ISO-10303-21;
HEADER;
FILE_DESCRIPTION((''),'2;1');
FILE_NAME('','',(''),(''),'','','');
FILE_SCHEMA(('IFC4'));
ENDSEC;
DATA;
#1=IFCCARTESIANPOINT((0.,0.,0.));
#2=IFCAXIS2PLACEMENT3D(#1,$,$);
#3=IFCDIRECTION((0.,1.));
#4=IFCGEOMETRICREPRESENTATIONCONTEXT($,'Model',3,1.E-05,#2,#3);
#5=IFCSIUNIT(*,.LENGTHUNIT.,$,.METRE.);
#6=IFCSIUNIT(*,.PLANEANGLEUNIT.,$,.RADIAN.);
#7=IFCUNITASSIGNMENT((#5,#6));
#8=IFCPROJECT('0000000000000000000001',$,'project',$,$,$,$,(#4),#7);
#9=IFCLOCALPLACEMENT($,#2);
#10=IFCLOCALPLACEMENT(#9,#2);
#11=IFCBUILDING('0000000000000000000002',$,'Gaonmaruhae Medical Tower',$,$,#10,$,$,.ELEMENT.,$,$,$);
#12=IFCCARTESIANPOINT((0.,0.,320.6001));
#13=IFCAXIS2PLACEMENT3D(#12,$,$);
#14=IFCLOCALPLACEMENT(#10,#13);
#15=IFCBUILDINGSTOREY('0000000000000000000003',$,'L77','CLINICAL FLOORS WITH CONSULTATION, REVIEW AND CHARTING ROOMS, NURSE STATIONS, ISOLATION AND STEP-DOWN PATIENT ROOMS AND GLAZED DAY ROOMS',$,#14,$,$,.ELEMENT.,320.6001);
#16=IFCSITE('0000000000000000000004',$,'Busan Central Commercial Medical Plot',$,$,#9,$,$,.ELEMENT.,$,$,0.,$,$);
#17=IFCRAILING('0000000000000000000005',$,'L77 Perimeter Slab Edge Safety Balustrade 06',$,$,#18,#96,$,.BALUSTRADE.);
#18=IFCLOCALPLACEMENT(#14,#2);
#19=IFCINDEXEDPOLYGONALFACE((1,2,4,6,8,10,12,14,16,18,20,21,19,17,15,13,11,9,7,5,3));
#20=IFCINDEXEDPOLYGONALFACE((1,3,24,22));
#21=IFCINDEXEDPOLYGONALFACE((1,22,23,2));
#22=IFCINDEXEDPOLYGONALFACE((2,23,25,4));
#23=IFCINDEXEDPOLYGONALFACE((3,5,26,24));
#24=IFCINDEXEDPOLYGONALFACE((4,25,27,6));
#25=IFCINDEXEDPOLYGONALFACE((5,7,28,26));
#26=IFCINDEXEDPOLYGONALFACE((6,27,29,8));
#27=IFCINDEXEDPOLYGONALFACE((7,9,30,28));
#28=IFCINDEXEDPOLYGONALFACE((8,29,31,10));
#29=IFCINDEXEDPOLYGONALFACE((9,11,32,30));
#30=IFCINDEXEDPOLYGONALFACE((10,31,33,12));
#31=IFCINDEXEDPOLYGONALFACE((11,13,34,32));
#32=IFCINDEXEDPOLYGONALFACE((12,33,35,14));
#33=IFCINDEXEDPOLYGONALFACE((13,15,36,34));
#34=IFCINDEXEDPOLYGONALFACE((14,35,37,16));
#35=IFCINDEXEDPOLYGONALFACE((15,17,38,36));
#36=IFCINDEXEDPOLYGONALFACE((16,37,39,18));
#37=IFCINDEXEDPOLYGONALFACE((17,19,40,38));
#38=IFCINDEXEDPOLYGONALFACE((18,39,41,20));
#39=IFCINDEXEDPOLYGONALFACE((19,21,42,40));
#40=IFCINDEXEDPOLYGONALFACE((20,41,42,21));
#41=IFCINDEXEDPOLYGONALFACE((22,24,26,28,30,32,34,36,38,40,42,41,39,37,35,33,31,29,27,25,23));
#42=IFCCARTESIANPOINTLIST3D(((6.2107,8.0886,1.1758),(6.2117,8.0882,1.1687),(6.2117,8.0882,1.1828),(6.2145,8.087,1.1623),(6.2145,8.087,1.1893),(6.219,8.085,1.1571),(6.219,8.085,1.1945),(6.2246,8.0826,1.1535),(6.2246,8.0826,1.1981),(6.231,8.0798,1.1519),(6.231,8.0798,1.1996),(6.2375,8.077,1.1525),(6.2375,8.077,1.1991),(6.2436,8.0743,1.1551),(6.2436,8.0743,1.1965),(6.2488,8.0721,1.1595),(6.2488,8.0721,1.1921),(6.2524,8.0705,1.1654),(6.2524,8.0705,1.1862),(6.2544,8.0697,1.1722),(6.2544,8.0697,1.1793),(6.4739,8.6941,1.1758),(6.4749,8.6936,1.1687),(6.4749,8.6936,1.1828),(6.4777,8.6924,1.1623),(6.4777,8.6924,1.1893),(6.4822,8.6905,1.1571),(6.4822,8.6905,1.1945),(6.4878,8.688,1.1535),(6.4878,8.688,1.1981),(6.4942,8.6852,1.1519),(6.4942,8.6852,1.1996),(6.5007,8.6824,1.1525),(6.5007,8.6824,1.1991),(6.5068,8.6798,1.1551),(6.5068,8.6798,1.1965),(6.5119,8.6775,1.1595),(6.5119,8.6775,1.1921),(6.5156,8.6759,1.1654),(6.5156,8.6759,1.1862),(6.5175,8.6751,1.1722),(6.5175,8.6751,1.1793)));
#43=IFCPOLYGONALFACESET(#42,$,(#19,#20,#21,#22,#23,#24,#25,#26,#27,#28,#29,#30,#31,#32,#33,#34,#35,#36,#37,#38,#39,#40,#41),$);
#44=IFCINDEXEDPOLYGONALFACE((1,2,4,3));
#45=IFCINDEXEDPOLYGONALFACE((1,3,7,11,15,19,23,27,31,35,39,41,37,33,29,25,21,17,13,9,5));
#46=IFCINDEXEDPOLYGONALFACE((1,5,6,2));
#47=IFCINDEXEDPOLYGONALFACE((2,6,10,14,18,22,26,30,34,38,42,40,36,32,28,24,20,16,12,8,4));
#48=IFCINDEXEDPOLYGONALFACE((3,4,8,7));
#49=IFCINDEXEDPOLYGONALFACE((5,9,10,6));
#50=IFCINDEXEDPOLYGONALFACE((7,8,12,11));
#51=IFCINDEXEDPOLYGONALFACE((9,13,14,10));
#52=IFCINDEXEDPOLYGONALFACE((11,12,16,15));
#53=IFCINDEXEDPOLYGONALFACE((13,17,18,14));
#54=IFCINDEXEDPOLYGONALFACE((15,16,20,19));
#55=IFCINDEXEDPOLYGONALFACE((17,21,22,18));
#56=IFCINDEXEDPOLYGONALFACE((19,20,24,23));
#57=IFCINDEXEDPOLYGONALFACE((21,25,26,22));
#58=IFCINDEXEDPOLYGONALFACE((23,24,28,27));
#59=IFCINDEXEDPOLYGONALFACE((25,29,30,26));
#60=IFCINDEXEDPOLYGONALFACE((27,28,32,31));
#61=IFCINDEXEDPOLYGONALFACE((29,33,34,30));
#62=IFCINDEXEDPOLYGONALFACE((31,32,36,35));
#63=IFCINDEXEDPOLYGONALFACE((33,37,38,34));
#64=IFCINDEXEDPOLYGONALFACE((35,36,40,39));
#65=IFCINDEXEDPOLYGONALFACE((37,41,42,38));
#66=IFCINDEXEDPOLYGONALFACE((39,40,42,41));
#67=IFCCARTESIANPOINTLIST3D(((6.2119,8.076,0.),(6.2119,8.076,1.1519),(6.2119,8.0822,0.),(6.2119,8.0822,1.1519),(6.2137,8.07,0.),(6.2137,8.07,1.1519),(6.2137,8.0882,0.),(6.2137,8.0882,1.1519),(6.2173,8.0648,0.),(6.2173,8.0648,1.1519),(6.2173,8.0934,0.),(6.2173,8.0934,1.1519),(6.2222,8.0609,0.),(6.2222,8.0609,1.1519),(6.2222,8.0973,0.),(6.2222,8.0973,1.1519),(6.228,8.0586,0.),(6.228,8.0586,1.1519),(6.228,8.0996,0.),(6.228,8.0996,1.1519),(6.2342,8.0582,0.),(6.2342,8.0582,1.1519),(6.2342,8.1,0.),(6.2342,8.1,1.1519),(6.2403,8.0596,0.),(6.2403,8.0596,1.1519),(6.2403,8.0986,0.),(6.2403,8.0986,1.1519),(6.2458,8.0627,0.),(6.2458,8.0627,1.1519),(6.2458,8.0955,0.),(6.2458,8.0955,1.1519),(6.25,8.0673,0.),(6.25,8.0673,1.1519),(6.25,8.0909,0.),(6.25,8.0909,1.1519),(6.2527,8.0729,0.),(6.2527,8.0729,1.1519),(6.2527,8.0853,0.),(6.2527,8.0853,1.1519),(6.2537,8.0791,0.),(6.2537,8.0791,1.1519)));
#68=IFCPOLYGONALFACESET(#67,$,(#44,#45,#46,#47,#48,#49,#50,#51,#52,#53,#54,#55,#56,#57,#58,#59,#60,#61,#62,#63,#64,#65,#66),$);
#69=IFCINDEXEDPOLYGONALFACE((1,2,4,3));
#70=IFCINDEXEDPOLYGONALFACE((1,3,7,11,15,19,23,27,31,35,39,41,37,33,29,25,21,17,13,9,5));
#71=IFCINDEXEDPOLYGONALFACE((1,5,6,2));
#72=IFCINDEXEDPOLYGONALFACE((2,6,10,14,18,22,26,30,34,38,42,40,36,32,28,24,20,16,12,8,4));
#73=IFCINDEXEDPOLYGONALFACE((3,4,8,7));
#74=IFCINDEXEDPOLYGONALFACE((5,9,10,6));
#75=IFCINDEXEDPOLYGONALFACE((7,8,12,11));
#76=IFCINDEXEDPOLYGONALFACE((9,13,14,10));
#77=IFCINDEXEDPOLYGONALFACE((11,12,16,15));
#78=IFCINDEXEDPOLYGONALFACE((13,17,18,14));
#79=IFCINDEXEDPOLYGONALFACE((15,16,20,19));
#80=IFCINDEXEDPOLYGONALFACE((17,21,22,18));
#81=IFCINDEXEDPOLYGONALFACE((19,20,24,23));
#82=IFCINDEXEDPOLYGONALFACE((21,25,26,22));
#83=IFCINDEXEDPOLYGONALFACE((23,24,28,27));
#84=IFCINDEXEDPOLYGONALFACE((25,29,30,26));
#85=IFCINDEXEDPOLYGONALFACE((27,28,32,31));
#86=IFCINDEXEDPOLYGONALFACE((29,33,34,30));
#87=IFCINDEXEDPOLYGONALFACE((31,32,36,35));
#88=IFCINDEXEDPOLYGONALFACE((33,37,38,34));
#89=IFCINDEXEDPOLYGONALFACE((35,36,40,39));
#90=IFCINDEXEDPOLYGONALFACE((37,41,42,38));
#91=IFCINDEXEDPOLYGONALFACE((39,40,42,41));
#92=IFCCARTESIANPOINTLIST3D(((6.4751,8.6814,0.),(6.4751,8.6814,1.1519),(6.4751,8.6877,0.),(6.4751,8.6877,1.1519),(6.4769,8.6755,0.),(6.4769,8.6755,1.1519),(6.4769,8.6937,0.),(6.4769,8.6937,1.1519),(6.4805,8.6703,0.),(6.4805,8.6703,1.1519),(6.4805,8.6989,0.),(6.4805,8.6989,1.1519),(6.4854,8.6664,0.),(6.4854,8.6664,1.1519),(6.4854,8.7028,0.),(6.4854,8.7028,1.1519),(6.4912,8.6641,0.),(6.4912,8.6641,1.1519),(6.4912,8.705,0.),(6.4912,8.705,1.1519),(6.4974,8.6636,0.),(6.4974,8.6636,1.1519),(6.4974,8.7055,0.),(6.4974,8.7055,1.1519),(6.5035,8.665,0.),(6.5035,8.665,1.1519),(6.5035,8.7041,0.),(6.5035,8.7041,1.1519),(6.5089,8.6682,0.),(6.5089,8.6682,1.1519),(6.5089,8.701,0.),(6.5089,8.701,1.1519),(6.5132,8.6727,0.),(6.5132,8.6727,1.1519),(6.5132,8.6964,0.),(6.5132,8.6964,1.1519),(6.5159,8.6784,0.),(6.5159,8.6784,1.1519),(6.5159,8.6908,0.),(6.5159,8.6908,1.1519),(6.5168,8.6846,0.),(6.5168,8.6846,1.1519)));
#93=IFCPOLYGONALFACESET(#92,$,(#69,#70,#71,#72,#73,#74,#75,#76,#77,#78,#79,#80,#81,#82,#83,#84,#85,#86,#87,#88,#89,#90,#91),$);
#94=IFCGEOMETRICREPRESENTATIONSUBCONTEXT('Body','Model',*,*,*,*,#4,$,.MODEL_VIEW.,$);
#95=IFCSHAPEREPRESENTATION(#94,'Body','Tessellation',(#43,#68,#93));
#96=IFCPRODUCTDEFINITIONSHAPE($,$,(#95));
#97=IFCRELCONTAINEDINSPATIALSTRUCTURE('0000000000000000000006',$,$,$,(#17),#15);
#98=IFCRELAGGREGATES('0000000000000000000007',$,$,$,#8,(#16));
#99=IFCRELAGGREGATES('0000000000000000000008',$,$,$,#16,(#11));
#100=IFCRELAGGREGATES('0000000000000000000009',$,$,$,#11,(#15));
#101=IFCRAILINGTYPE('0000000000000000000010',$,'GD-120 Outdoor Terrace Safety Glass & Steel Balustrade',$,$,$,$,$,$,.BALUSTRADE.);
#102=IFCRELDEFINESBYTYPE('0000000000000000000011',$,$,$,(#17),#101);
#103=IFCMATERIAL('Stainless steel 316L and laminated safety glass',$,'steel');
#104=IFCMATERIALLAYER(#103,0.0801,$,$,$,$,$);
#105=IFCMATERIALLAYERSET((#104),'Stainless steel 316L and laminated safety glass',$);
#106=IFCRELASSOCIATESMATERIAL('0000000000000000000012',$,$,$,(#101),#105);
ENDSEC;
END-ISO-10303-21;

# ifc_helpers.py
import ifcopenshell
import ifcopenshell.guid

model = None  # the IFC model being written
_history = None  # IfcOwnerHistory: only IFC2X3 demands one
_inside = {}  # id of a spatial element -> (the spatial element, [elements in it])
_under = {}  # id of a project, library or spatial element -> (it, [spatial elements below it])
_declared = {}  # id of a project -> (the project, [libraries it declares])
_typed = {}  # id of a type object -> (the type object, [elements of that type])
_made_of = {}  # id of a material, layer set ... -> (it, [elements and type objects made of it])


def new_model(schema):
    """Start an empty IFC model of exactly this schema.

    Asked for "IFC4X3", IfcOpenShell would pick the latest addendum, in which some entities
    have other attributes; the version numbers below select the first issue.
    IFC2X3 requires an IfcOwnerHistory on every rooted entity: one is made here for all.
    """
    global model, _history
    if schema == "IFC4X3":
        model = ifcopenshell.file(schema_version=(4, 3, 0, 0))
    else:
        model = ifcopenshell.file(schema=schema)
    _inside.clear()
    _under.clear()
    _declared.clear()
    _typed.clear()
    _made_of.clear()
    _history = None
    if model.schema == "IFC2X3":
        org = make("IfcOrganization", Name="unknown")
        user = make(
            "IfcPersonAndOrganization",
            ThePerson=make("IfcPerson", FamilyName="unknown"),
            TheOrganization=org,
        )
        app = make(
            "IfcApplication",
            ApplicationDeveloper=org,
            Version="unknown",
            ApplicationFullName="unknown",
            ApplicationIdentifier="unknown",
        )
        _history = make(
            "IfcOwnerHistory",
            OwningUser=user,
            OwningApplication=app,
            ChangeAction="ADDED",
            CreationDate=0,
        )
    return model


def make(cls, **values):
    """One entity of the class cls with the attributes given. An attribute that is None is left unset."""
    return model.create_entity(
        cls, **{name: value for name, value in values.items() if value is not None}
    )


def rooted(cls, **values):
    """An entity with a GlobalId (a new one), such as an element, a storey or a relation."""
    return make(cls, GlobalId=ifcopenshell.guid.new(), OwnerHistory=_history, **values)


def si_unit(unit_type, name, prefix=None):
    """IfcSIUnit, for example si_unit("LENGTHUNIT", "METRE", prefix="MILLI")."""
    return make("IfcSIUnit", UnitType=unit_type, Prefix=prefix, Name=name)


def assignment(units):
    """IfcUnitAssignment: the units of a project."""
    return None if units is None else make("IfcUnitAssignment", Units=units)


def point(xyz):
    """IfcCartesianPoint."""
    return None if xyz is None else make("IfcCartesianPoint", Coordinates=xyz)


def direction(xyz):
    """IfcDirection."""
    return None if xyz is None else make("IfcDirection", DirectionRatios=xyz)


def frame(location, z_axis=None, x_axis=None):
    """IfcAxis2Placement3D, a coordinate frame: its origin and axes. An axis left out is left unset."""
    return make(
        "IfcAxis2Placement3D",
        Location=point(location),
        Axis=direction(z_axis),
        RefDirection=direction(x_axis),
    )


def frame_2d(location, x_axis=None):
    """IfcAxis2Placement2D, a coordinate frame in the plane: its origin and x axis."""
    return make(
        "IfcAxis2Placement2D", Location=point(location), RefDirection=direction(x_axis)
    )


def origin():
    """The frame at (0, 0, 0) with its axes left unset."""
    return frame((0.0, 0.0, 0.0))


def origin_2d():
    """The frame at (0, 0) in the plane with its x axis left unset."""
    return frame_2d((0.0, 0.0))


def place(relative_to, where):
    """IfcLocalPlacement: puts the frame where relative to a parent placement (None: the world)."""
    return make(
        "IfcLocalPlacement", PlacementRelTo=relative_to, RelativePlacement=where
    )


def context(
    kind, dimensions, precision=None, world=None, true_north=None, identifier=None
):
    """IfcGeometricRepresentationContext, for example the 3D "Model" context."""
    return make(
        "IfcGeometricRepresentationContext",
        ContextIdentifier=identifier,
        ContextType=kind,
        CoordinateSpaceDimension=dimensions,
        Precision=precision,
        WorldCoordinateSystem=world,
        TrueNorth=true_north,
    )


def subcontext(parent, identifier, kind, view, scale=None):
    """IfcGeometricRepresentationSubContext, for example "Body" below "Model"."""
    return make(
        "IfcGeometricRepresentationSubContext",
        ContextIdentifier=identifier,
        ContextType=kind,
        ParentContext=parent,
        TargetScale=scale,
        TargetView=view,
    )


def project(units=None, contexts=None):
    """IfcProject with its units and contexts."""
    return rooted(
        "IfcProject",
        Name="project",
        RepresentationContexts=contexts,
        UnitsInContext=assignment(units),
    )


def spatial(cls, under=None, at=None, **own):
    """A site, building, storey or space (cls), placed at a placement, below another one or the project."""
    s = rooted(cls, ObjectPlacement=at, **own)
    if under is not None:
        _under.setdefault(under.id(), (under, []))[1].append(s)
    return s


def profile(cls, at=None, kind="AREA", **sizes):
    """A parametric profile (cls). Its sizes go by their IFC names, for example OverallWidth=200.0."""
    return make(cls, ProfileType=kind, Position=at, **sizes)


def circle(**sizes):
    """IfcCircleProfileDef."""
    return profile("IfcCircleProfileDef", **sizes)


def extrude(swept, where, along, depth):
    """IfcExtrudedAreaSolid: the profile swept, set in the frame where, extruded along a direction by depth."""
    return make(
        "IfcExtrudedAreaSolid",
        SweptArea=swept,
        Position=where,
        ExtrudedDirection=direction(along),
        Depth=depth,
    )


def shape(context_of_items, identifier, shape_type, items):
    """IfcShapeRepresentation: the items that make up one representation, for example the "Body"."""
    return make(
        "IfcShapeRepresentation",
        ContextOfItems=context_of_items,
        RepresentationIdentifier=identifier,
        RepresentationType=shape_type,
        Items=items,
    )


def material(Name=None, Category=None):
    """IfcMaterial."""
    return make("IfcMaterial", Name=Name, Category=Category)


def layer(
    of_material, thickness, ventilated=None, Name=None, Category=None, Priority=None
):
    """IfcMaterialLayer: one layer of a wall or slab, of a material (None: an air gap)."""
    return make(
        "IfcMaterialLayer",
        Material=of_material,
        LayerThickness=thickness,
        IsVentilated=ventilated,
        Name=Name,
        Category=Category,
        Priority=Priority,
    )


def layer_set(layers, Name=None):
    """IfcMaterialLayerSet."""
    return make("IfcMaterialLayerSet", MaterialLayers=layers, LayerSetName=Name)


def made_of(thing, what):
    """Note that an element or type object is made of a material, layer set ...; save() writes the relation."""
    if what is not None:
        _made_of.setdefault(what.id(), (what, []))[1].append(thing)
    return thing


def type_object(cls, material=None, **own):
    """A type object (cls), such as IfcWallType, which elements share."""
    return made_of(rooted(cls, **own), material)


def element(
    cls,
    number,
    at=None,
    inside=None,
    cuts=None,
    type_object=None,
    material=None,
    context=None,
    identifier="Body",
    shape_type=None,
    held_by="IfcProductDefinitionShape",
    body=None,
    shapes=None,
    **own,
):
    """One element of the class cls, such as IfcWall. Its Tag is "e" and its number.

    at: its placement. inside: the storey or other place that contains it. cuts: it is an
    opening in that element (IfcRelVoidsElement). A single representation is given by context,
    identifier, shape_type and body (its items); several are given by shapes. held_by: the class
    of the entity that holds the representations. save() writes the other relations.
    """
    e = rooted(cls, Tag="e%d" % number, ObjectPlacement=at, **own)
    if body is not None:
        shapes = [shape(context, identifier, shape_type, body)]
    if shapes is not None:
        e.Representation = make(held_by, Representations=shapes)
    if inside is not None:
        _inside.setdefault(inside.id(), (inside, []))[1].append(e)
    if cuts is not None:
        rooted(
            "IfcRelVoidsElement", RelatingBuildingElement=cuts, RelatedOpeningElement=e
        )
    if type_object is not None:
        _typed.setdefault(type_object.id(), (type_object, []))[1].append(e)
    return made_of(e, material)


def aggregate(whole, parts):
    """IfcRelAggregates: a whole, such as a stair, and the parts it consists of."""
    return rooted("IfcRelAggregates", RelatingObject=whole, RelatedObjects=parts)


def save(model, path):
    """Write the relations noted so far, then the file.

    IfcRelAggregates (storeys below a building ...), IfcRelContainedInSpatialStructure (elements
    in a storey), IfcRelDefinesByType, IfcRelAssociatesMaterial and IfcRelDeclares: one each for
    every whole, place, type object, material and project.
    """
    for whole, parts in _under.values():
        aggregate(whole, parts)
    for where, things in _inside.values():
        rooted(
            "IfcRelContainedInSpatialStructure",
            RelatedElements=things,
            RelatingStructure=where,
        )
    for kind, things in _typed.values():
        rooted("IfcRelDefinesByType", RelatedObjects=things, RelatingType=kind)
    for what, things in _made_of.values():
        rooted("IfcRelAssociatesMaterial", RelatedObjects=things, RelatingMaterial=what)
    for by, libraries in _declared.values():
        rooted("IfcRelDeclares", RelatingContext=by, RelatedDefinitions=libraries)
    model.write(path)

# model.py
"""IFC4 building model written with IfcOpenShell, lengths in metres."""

from ifc_helpers import new_model, si_unit, direction, frame, origin, origin_2d, place, context, subcontext, project, spatial, circle, extrude, material, layer, layer_set, type_object, element, save


model = new_model("IFC4")

# Units and contexts
model_context = context("Model", 3, precision=1e-05, world=origin(), true_north=direction((0.0, 1.0)))
body_context = subcontext(model_context, "Body", "Model", "MODEL_VIEW")
ifc_project = project(units=[si_unit("LENGTHUNIT", "METRE"), si_unit("PLANEANGLEUNIT", "RADIAN")], contexts=[model_context])

# Site, building, storey
site_placement = place(None, origin())
site = spatial("IfcSite", under=ifc_project, at=site_placement, Name="Busan Central Commercial Medical Plot", CompositionType="ELEMENT", RefElevation=0.0)
building_placement = place(site_placement, origin())
building = spatial("IfcBuilding", under=site, at=building_placement, Name="Gaonmaruhae Medical Tower", CompositionType="ELEMENT")
storey_placement = place(building_placement, frame((0.0, 0.0, 320.6001)))
storey = spatial("IfcBuildingStorey", under=building, at=storey_placement, Name="L77", Description="CLINICAL FLOORS WITH CONSULTATION, REVIEW AND CHARTING ROOMS, NURSE STATIONS, ISOLATION AND STEP-DOWN PATIENT ROOMS AND GLAZED DAY ROOMS", CompositionType="ELEMENT", Elevation=320.6001)

# Railing
ifc_material_1 = material(Name="Stainless steel 316L and laminated safety glass", Category="steel")
ifc_layer_1 = layer(ifc_material_1, 0.0801)
ifc_layer_set_1 = layer_set([ifc_layer_1], Name="Stainless steel 316L and laminated safety glass")
railing_type = type_object("IfcRailingType", Name="GD-120 Outdoor Terrace Safety Glass & Steel Balustrade", PredefinedType="BALUSTRADE", material=ifc_layer_set_1)
railing_1_placement = place(storey_placement, frame((6.2327, 8.0791, 0.0)))
element("IfcRailing", 1, at=railing_1_placement, inside=storey, type_object=railing_type, Name="L77 Perimeter Slab Edge Safety Balustrade 06", PredefinedType="BALUSTRADE", context=body_context, shape_type="SweptSolid", body=[
    extrude(circle(Radius=0.0239, at=origin_2d()), frame((0.0, 0.0, 1.1758), z_axis=(0.398645, 0.917105, 0.0), x_axis=(-0.917105, 0.398645, 0.0)), (0.0, 0.0, 1.0), 0.6602),
    extrude(circle(Radius=0.021, at=origin_2d()), origin(), (0.0, 0.0, 1.0), 1.1519),
    extrude(circle(Radius=0.021, at=origin_2d()), frame((0.2632, 0.6055, 0.0)), (0.0, 0.0, 1.0), 1.1519),
])

save(model, "model.ifc")
